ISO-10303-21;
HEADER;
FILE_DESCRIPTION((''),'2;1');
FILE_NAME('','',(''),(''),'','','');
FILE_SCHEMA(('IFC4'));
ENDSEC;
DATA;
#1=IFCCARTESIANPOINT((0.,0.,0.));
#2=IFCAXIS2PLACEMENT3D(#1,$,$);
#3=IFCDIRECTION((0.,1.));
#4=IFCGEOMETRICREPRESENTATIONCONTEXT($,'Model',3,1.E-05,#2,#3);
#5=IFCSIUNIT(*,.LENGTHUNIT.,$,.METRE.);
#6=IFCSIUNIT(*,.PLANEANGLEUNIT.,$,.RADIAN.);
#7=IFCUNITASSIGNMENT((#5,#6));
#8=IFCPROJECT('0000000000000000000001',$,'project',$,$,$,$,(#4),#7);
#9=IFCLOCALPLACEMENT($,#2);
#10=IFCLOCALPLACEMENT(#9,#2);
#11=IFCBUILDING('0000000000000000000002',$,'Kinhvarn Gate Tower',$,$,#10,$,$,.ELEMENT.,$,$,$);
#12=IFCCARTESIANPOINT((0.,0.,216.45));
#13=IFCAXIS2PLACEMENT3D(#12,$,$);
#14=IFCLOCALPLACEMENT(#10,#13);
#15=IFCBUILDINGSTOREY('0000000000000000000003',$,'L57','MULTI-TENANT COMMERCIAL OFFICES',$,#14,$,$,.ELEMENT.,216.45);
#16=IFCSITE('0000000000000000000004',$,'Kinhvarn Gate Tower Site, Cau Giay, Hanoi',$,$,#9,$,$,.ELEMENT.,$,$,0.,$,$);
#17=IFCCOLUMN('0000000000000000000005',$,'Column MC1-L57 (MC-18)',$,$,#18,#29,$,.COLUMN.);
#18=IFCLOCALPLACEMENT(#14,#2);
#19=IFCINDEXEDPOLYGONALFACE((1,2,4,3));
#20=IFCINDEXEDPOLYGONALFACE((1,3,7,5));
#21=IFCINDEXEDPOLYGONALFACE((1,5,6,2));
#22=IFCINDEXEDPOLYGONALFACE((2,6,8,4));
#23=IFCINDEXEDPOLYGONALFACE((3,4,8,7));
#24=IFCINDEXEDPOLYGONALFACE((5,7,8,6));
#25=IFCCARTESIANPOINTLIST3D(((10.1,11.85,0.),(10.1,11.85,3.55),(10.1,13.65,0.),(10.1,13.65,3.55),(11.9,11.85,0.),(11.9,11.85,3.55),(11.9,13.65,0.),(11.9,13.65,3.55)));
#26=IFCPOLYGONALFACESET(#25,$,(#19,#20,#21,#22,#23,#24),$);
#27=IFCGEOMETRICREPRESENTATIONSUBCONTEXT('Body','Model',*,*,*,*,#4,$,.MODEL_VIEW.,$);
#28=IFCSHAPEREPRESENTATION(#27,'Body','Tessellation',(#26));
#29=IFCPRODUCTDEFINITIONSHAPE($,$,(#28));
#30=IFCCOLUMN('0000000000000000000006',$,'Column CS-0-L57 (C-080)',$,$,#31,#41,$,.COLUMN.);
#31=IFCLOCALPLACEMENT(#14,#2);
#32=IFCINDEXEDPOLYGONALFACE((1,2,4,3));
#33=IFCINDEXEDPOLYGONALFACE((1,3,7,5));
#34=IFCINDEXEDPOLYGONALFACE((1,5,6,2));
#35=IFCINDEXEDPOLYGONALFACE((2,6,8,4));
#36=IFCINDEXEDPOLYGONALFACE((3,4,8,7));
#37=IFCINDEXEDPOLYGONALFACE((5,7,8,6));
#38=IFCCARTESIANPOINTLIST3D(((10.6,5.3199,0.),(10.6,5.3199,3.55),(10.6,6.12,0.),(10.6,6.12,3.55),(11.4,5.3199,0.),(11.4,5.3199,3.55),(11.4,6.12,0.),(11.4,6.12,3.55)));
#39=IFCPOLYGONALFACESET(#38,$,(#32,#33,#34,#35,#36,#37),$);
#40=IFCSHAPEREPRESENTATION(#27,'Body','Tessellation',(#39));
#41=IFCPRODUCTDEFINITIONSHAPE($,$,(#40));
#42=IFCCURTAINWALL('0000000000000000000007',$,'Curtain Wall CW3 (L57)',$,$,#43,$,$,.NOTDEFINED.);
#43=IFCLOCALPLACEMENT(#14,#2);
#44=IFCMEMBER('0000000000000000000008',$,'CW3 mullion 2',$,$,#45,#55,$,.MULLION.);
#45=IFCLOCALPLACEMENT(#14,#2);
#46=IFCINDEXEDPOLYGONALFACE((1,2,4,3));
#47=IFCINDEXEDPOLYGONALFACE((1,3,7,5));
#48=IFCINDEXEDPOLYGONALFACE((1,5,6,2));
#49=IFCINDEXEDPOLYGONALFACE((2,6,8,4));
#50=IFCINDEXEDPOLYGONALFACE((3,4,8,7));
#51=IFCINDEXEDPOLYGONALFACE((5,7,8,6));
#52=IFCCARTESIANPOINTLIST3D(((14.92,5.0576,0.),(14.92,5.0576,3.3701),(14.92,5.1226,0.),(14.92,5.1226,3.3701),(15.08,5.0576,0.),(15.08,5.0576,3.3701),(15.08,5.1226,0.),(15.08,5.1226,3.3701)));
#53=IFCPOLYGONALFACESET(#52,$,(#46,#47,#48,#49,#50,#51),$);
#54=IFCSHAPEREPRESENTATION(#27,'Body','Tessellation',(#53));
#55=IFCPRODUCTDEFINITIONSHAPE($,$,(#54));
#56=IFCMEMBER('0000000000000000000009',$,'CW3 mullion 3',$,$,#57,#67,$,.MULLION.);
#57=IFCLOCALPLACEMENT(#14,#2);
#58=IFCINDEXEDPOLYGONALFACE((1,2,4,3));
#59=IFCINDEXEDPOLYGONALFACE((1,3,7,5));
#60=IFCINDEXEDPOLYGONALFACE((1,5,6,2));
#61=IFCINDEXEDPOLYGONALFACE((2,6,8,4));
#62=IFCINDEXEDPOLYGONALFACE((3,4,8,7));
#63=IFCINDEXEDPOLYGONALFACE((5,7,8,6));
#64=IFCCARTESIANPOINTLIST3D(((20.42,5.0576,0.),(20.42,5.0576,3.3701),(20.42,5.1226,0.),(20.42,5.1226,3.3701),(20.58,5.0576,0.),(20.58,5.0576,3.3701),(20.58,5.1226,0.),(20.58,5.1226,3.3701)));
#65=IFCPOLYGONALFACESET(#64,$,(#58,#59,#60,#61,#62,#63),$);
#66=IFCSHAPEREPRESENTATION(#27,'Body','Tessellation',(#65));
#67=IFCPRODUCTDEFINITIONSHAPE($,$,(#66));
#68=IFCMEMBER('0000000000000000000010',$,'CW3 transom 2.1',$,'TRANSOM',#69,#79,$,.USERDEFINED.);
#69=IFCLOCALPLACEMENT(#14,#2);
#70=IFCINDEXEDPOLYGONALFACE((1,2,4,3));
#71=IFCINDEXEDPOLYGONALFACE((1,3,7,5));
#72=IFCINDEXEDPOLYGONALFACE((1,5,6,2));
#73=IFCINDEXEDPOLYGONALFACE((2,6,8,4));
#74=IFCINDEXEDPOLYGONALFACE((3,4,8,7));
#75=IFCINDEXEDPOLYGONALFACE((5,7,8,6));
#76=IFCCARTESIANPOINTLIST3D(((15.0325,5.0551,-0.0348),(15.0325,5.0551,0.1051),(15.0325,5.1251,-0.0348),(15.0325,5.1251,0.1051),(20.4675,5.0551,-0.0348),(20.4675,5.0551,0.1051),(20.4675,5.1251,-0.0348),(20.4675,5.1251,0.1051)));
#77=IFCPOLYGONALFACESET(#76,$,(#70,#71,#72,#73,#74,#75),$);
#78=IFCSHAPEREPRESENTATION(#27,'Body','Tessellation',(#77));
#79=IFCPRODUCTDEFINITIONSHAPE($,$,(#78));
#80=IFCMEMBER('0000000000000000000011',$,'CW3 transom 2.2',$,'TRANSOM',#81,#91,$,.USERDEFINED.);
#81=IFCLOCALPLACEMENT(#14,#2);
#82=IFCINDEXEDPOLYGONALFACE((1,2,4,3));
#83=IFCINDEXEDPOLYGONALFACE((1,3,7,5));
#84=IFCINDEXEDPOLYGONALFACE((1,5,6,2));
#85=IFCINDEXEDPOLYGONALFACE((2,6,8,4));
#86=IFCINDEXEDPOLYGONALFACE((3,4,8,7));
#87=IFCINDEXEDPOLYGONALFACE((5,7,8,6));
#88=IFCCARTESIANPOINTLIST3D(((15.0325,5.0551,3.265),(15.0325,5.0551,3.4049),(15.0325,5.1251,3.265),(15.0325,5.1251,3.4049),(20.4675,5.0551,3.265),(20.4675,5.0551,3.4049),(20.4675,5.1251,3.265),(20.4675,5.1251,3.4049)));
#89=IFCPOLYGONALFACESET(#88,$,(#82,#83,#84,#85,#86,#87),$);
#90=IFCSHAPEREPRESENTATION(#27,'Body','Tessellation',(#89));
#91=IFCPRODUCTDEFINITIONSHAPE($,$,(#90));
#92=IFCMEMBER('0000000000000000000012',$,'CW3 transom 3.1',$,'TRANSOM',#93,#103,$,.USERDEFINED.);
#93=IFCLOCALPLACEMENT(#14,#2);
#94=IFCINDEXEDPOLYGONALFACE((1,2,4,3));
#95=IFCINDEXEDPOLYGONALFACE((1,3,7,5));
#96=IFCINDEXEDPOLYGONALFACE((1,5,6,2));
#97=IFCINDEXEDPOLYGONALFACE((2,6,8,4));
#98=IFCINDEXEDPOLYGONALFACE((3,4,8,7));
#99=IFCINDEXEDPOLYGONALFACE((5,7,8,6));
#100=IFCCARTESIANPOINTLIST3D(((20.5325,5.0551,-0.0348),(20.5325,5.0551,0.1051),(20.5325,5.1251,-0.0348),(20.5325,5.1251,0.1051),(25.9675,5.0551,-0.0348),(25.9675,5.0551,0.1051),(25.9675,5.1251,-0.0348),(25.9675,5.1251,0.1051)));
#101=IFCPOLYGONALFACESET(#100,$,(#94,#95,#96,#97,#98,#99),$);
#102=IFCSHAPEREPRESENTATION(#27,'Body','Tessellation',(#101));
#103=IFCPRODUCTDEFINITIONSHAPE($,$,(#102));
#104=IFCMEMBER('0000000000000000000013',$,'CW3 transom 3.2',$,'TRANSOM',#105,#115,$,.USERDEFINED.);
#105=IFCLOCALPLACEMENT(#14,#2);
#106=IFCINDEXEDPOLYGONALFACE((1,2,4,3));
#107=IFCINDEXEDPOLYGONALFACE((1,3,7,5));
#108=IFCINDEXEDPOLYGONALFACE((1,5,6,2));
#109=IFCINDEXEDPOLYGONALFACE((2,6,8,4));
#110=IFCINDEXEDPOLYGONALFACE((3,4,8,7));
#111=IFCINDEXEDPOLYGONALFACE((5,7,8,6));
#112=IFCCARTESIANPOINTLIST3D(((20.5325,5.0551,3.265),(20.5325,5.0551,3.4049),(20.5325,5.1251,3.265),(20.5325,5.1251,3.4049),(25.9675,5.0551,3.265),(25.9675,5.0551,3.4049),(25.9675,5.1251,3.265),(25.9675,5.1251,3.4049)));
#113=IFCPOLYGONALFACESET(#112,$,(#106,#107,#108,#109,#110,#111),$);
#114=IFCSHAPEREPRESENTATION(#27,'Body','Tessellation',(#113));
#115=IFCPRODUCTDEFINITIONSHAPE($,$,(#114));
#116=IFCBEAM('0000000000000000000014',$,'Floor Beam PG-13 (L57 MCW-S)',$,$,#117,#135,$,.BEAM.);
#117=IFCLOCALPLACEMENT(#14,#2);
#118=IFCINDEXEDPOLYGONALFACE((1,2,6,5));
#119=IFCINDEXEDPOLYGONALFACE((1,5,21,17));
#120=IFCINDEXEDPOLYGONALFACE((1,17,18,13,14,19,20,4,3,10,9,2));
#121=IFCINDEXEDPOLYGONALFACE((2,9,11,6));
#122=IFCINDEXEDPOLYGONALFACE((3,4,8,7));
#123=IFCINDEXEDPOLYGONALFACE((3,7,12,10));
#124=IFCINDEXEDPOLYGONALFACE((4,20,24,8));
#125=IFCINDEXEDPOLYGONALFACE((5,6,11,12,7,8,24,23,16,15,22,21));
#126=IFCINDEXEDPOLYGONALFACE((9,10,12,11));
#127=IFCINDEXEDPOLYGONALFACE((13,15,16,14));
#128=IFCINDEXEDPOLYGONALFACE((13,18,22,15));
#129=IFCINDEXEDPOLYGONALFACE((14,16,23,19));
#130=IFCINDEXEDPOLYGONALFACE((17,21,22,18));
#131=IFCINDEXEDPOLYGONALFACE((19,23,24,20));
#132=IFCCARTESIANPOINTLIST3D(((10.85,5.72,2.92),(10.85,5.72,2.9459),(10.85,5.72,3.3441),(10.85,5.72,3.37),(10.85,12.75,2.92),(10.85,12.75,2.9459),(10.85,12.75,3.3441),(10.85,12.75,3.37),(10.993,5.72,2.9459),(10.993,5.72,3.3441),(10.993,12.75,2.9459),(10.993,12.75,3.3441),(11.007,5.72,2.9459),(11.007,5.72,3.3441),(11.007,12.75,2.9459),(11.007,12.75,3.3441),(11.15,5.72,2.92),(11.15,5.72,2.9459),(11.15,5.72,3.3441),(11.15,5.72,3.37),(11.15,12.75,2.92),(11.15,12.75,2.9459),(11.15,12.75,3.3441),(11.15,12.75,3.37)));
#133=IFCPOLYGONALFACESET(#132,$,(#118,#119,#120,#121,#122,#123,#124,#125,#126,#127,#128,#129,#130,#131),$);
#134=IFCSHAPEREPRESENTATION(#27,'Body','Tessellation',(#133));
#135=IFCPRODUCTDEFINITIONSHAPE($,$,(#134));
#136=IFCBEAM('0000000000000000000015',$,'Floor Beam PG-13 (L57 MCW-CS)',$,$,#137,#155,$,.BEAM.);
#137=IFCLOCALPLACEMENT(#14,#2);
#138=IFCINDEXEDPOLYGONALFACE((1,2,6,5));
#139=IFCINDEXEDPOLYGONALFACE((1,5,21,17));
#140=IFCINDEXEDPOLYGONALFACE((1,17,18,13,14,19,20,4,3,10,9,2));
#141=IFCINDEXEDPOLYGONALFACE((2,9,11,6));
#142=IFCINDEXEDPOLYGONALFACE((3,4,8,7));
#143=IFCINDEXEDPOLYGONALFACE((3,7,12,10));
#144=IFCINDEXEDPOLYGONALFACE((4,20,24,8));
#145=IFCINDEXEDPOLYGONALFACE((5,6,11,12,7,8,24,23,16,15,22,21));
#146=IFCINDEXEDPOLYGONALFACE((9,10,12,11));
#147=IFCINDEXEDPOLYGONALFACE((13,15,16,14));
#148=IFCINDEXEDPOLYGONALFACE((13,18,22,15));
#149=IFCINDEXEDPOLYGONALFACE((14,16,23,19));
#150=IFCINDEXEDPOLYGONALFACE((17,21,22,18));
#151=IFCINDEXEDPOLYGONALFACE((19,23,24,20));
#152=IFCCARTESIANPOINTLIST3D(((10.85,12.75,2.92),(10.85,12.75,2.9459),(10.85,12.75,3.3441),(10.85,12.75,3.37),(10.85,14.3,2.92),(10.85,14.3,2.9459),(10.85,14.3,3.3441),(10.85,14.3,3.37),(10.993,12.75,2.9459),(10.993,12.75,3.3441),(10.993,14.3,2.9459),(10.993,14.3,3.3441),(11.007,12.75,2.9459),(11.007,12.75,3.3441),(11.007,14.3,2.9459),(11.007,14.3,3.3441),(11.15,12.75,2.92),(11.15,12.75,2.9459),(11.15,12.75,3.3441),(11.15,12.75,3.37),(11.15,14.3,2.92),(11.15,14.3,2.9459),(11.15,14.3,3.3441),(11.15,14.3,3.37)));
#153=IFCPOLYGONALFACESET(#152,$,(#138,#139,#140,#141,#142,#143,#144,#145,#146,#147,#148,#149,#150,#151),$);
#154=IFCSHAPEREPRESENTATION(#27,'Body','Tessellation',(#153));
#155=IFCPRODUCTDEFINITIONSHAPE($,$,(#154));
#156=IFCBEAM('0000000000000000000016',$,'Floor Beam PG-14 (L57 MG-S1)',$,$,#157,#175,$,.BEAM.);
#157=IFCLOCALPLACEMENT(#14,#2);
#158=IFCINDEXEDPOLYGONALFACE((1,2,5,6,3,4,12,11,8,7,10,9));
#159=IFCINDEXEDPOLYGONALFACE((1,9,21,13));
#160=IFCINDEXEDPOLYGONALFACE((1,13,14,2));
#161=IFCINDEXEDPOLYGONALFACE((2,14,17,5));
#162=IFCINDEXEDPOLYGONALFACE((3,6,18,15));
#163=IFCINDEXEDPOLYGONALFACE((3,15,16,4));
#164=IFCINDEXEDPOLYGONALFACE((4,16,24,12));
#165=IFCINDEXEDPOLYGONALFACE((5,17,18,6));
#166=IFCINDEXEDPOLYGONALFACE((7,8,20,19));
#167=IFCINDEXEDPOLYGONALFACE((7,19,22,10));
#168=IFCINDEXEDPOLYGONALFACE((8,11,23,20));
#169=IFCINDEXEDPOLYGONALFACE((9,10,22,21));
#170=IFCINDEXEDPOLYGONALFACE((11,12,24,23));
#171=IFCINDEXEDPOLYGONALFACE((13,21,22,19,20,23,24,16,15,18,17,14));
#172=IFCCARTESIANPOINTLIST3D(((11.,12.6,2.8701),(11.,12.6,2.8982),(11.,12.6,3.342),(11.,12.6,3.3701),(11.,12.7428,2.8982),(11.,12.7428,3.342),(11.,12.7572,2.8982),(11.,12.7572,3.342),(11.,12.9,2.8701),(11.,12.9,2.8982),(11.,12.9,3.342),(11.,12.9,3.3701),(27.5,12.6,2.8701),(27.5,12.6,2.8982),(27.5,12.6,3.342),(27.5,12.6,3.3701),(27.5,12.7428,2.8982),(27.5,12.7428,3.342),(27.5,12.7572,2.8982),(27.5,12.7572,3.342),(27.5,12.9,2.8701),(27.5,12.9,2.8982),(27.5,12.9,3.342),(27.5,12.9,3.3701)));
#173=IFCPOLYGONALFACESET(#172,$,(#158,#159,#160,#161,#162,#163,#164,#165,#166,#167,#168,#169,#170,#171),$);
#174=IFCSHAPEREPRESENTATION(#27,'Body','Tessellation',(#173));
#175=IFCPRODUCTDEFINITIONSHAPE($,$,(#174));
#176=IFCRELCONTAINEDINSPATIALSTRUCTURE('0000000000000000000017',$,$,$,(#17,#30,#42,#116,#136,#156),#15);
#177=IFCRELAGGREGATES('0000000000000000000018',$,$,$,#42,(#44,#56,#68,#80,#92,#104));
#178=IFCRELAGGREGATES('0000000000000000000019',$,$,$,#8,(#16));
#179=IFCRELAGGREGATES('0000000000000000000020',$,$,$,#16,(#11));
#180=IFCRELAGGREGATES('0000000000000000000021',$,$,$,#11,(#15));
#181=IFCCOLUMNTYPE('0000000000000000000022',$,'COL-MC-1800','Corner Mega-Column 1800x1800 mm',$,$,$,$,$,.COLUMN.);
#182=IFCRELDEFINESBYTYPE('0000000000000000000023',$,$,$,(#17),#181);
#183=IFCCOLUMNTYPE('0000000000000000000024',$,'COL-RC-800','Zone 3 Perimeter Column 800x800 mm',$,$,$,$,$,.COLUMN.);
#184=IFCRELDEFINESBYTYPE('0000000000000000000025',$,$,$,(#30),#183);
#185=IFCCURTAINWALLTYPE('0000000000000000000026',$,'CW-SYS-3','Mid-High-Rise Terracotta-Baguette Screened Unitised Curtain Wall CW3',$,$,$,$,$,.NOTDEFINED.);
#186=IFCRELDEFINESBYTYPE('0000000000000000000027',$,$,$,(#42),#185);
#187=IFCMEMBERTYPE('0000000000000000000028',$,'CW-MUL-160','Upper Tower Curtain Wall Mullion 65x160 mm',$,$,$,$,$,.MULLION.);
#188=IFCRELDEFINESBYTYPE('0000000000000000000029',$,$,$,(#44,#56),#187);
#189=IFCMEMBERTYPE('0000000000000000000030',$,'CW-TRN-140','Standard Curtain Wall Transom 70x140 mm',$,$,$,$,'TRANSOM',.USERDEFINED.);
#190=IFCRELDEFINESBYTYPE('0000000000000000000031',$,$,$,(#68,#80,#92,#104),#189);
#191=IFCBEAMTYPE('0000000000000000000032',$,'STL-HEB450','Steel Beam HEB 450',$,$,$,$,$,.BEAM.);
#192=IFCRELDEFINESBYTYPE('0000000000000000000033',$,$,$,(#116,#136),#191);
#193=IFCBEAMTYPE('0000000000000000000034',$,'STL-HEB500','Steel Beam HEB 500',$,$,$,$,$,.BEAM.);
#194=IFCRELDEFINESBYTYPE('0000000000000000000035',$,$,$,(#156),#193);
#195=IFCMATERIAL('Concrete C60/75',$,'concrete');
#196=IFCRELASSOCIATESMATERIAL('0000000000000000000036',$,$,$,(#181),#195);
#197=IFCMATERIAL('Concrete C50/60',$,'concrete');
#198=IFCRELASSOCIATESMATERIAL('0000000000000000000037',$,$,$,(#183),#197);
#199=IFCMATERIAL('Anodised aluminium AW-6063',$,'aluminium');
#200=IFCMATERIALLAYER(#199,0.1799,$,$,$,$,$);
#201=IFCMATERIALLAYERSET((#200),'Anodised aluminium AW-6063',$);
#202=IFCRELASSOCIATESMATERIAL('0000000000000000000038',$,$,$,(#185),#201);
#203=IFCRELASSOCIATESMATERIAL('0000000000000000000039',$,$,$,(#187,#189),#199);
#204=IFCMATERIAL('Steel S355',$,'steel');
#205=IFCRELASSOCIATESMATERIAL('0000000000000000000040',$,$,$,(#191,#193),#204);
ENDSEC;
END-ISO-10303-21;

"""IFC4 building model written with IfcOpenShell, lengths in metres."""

from ifc_helpers import new_model, si_unit, direction, frame, origin, origin_2d, place, context, subcontext, project, spatial, rectangle, i_section, extrude, material, layer, layer_set, material_profile, profile_set, type_object, element, aggregate, save


model = new_model("IFC4")

# Units and contexts
model_context = context("Model", 3, precision=1e-05, world=origin(), true_north=direction((0.0, 1.0)))
body_context = subcontext(model_context, "Body", "Model", "MODEL_VIEW")
ifc_project = project(units=[si_unit("LENGTHUNIT", "METRE"), si_unit("PLANEANGLEUNIT", "RADIAN")], contexts=[model_context])

# Site, building, storey
site_placement = place(None, origin())
site = spatial("IfcSite", under=ifc_project, at=site_placement, Name="Kinhvarn Gate Tower Site, Cau Giay, Hanoi", CompositionType="ELEMENT", RefElevation=0.0)
building_placement = place(site_placement, origin())
building = spatial("IfcBuilding", under=site, at=building_placement, Name="Kinhvarn Gate Tower", CompositionType="ELEMENT")
storey_placement = place(building_placement, frame((0.0, 0.0, 216.45)))
storey = spatial("IfcBuildingStorey", under=building, at=storey_placement, Name="L57", Description="MULTI-TENANT COMMERCIAL OFFICES", CompositionType="ELEMENT", Elevation=216.45)

# Columns
ifc_material_1 = material(Name="Concrete C60/75", Category="concrete")
ifc_material_profile_1 = material_profile(ifc_material_1, rectangle(XDim=1.8, YDim=1.8, at=origin_2d()), Name="RC 1800x1800")
ifc_profile_set_1 = profile_set([ifc_material_profile_1], Name="Concrete C60/75")
column_type_1 = type_object("IfcColumnType", Name="COL-MC-1800", Description="Corner Mega-Column 1800x1800 mm", PredefinedType="COLUMN", material=ifc_profile_set_1)
column_1_placement = place(storey_placement, frame((11.0, 12.75, 0.0), z_axis=(0.0, 0.0, 1.0), x_axis=(1.0, 0.0, 0.0)))
element("IfcColumn", 1, at=column_1_placement, inside=storey, type_object=column_type_1, Name="Column MC1-L57 (MC-18)", PredefinedType="COLUMN", context=body_context, shape_type="SweptSolid", body=[
    extrude(rectangle(XDim=1.8, YDim=1.8, at=origin_2d()), origin(), (0.0, 0.0, 1.0), 3.55),
])
ifc_material_2 = material(Name="Concrete C50/60", Category="concrete")
ifc_material_profile_2 = material_profile(ifc_material_2, rectangle(XDim=0.8, YDim=0.8, at=origin_2d()), Name="RC 800x800")
ifc_profile_set_2 = profile_set([ifc_material_profile_2], Name="Concrete C50/60")
column_type_2 = type_object("IfcColumnType", Name="COL-RC-800", Description="Zone 3 Perimeter Column 800x800 mm", PredefinedType="COLUMN", material=ifc_profile_set_2)
column_2_placement = place(storey_placement, frame((11.0, 5.72, 0.0), z_axis=(0.0, 0.0, 1.0), x_axis=(1.0, 0.0, 0.0)))
element("IfcColumn", 2, at=column_2_placement, inside=storey, type_object=column_type_2, Name="Column CS-0-L57 (C-080)", PredefinedType="COLUMN", context=body_context, shape_type="SweptSolid", body=[
    extrude(rectangle(XDim=0.8, YDim=0.8, at=origin_2d()), origin(), (0.0, 0.0, 1.0), 3.55),
])

# Curtain wall, members
ifc_material_3 = material(Name="Anodised aluminium AW-6063", Category="aluminium")
ifc_layer_1 = layer(ifc_material_3, 0.1799)
ifc_layer_set_1 = layer_set([ifc_layer_1], Name="Anodised aluminium AW-6063")
curtain_wall_type = type_object("IfcCurtainWallType", Name="CW-SYS-3", Description="Mid-High-Rise Terracotta-Baguette Screened Unitised Curtain Wall CW3", PredefinedType="NOTDEFINED", material=ifc_layer_set_1)
curtain_wall_placement = place(storey_placement, origin())
curtain_wall = element("IfcCurtainWall", 3, at=curtain_wall_placement, inside=storey, type_object=curtain_wall_type, Name="Curtain Wall CW3 (L57)", PredefinedType="NOTDEFINED")
ifc_material_profile_3 = material_profile(ifc_material_3, rectangle(XDim=0.0649, YDim=0.1599, at=origin_2d()), Name="ALU 65x160")
ifc_profile_set_3 = profile_set([ifc_material_profile_3], Name="Anodised aluminium AW-6063")
member_type_1 = type_object("IfcMemberType", Name="CW-MUL-160", Description="Upper Tower Curtain Wall Mullion 65x160 mm", PredefinedType="MULLION", material=ifc_profile_set_3)
member_1_placement = place(storey_placement, frame((15.0, 5.0901, 0.0), z_axis=(0.0, 0.0, 1.0), x_axis=(0.0, 1.0, 0.0)))
member_1 = element("IfcMember", 4, at=member_1_placement, type_object=member_type_1, Name="CW3 mullion 2", PredefinedType="MULLION", context=body_context, shape_type="SweptSolid", body=[
    extrude(rectangle(XDim=0.0649, YDim=0.1599, at=origin_2d()), origin(), (0.0, 0.0, 1.0), 3.3701),
])
member_2_placement = place(storey_placement, frame((20.5, 5.0901, 0.0), z_axis=(0.0, 0.0, 1.0), x_axis=(0.0, 1.0, 0.0)))
member_2 = element("IfcMember", 5, at=member_2_placement, type_object=member_type_1, Name="CW3 mullion 3", PredefinedType="MULLION", context=body_context, shape_type="SweptSolid", body=[
    extrude(rectangle(XDim=0.0649, YDim=0.1599, at=origin_2d()), origin(), (0.0, 0.0, 1.0), 3.3701),
])
ifc_material_profile_4 = material_profile(ifc_material_3, rectangle(XDim=0.0701, YDim=0.1399, at=origin_2d()), Name="ALU 70x140")
ifc_profile_set_4 = profile_set([ifc_material_profile_4], Name="Anodised aluminium AW-6063")
member_type_2 = type_object("IfcMemberType", Name="CW-TRN-140", Description="Standard Curtain Wall Transom 70x140 mm", ElementType="TRANSOM", PredefinedType="USERDEFINED", material=ifc_profile_set_4)
member_3_placement = place(storey_placement, frame((15.0325, 5.0901, 0.0352), z_axis=(1.0, 0.0, 0.0), x_axis=(0.0, 1.0, 0.0)))
member_3 = element("IfcMember", 6, at=member_3_placement, type_object=member_type_2, Name="CW3 transom 2.1", ObjectType="TRANSOM", PredefinedType="USERDEFINED", context=body_context, shape_type="SweptSolid", body=[
    extrude(rectangle(XDim=0.0701, YDim=0.1399, at=origin_2d()), origin(), (0.0, 0.0, 1.0), 5.4351),
])
member_4_placement = place(storey_placement, frame((15.0325, 5.0901, 3.335), z_axis=(1.0, 0.0, 0.0), x_axis=(0.0, 1.0, 0.0)))
member_4 = element("IfcMember", 7, at=member_4_placement, type_object=member_type_2, Name="CW3 transom 2.2", ObjectType="TRANSOM", PredefinedType="USERDEFINED", context=body_context, shape_type="SweptSolid", body=[
    extrude(rectangle(XDim=0.0701, YDim=0.1399, at=origin_2d()), origin(), (0.0, 0.0, 1.0), 5.4351),
])
member_5_placement = place(storey_placement, frame((20.5325, 5.0901, 0.0352), z_axis=(1.0, 0.0, 0.0), x_axis=(0.0, 1.0, 0.0)))
member_5 = element("IfcMember", 8, at=member_5_placement, type_object=member_type_2, Name="CW3 transom 3.1", ObjectType="TRANSOM", PredefinedType="USERDEFINED", context=body_context, shape_type="SweptSolid", body=[
    extrude(rectangle(XDim=0.0701, YDim=0.1399, at=origin_2d()), origin(), (0.0, 0.0, 1.0), 5.4351),
])
member_6_placement = place(storey_placement, frame((20.5325, 5.0901, 3.335), z_axis=(1.0, 0.0, 0.0), x_axis=(0.0, 1.0, 0.0)))
member_6 = element("IfcMember", 9, at=member_6_placement, type_object=member_type_2, Name="CW3 transom 3.2", ObjectType="TRANSOM", PredefinedType="USERDEFINED", context=body_context, shape_type="SweptSolid", body=[
    extrude(rectangle(XDim=0.0701, YDim=0.1399, at=origin_2d()), origin(), (0.0, 0.0, 1.0), 5.4351),
])

# Beams
ifc_material_4 = material(Name="Steel S355", Category="steel")
ifc_material_profile_5 = material_profile(ifc_material_4, i_section(OverallWidth=0.3, OverallDepth=0.45, WebThickness=0.0139, FlangeThickness=0.0259, at=origin_2d()), Name="HEB 450")
ifc_profile_set_5 = profile_set([ifc_material_profile_5], Name="Steel S355")
beam_type_1 = type_object("IfcBeamType", Name="STL-HEB450", Description="Steel Beam HEB 450", PredefinedType="BEAM", material=ifc_profile_set_5)
beam_1_placement = place(storey_placement, frame((11.0, 5.72, 3.145), z_axis=(0.0, 1.0, 0.0), x_axis=(-1.0, 0.0, 0.0)))
element("IfcBeam", 10, at=beam_1_placement, inside=storey, type_object=beam_type_1, Name="Floor Beam PG-13 (L57 MCW-S)", PredefinedType="BEAM", context=body_context, shape_type="SweptSolid", body=[
    extrude(i_section(OverallWidth=0.3, OverallDepth=0.45, WebThickness=0.0139, FlangeThickness=0.0259, at=origin_2d()), origin(), (0.0, 0.0, 1.0), 7.03),
])
beam_2_placement = place(storey_placement, frame((11.0, 12.75, 3.145), z_axis=(0.0, 1.0, 0.0), x_axis=(-1.0, 0.0, 0.0)))
element("IfcBeam", 11, at=beam_2_placement, inside=storey, type_object=beam_type_1, Name="Floor Beam PG-13 (L57 MCW-CS)", PredefinedType="BEAM", context=body_context, shape_type="SweptSolid", body=[
    extrude(i_section(OverallWidth=0.3, OverallDepth=0.45, WebThickness=0.0139, FlangeThickness=0.0259, at=origin_2d()), origin(), (0.0, 0.0, 1.0), 1.55),
])
ifc_material_profile_6 = material_profile(ifc_material_4, i_section(OverallWidth=0.3, OverallDepth=0.5, WebThickness=0.0144, FlangeThickness=0.0281, at=origin_2d()), Name="HEB 500")
ifc_profile_set_6 = profile_set([ifc_material_profile_6], Name="Steel S355")
beam_type_2 = type_object("IfcBeamType", Name="STL-HEB500", Description="Steel Beam HEB 500", PredefinedType="BEAM", material=ifc_profile_set_6)
beam_3_placement = place(storey_placement, frame((11.0, 12.75, 3.1201), z_axis=(1.0, 0.0, 0.0), x_axis=(0.0, 1.0, 0.0)))
element("IfcBeam", 12, at=beam_3_placement, inside=storey, type_object=beam_type_2, Name="Floor Beam PG-14 (L57 MG-S1)", PredefinedType="BEAM", context=body_context, shape_type="SweptSolid", body=[
    extrude(i_section(OverallWidth=0.3, OverallDepth=0.5, WebThickness=0.0144, FlangeThickness=0.0281, at=origin_2d()), origin(), (0.0, 0.0, 1.0), 16.5),
])

aggregate(curtain_wall, [member_1, member_2, member_3, member_4, member_5, member_6])

save(model, "model.ifc")
